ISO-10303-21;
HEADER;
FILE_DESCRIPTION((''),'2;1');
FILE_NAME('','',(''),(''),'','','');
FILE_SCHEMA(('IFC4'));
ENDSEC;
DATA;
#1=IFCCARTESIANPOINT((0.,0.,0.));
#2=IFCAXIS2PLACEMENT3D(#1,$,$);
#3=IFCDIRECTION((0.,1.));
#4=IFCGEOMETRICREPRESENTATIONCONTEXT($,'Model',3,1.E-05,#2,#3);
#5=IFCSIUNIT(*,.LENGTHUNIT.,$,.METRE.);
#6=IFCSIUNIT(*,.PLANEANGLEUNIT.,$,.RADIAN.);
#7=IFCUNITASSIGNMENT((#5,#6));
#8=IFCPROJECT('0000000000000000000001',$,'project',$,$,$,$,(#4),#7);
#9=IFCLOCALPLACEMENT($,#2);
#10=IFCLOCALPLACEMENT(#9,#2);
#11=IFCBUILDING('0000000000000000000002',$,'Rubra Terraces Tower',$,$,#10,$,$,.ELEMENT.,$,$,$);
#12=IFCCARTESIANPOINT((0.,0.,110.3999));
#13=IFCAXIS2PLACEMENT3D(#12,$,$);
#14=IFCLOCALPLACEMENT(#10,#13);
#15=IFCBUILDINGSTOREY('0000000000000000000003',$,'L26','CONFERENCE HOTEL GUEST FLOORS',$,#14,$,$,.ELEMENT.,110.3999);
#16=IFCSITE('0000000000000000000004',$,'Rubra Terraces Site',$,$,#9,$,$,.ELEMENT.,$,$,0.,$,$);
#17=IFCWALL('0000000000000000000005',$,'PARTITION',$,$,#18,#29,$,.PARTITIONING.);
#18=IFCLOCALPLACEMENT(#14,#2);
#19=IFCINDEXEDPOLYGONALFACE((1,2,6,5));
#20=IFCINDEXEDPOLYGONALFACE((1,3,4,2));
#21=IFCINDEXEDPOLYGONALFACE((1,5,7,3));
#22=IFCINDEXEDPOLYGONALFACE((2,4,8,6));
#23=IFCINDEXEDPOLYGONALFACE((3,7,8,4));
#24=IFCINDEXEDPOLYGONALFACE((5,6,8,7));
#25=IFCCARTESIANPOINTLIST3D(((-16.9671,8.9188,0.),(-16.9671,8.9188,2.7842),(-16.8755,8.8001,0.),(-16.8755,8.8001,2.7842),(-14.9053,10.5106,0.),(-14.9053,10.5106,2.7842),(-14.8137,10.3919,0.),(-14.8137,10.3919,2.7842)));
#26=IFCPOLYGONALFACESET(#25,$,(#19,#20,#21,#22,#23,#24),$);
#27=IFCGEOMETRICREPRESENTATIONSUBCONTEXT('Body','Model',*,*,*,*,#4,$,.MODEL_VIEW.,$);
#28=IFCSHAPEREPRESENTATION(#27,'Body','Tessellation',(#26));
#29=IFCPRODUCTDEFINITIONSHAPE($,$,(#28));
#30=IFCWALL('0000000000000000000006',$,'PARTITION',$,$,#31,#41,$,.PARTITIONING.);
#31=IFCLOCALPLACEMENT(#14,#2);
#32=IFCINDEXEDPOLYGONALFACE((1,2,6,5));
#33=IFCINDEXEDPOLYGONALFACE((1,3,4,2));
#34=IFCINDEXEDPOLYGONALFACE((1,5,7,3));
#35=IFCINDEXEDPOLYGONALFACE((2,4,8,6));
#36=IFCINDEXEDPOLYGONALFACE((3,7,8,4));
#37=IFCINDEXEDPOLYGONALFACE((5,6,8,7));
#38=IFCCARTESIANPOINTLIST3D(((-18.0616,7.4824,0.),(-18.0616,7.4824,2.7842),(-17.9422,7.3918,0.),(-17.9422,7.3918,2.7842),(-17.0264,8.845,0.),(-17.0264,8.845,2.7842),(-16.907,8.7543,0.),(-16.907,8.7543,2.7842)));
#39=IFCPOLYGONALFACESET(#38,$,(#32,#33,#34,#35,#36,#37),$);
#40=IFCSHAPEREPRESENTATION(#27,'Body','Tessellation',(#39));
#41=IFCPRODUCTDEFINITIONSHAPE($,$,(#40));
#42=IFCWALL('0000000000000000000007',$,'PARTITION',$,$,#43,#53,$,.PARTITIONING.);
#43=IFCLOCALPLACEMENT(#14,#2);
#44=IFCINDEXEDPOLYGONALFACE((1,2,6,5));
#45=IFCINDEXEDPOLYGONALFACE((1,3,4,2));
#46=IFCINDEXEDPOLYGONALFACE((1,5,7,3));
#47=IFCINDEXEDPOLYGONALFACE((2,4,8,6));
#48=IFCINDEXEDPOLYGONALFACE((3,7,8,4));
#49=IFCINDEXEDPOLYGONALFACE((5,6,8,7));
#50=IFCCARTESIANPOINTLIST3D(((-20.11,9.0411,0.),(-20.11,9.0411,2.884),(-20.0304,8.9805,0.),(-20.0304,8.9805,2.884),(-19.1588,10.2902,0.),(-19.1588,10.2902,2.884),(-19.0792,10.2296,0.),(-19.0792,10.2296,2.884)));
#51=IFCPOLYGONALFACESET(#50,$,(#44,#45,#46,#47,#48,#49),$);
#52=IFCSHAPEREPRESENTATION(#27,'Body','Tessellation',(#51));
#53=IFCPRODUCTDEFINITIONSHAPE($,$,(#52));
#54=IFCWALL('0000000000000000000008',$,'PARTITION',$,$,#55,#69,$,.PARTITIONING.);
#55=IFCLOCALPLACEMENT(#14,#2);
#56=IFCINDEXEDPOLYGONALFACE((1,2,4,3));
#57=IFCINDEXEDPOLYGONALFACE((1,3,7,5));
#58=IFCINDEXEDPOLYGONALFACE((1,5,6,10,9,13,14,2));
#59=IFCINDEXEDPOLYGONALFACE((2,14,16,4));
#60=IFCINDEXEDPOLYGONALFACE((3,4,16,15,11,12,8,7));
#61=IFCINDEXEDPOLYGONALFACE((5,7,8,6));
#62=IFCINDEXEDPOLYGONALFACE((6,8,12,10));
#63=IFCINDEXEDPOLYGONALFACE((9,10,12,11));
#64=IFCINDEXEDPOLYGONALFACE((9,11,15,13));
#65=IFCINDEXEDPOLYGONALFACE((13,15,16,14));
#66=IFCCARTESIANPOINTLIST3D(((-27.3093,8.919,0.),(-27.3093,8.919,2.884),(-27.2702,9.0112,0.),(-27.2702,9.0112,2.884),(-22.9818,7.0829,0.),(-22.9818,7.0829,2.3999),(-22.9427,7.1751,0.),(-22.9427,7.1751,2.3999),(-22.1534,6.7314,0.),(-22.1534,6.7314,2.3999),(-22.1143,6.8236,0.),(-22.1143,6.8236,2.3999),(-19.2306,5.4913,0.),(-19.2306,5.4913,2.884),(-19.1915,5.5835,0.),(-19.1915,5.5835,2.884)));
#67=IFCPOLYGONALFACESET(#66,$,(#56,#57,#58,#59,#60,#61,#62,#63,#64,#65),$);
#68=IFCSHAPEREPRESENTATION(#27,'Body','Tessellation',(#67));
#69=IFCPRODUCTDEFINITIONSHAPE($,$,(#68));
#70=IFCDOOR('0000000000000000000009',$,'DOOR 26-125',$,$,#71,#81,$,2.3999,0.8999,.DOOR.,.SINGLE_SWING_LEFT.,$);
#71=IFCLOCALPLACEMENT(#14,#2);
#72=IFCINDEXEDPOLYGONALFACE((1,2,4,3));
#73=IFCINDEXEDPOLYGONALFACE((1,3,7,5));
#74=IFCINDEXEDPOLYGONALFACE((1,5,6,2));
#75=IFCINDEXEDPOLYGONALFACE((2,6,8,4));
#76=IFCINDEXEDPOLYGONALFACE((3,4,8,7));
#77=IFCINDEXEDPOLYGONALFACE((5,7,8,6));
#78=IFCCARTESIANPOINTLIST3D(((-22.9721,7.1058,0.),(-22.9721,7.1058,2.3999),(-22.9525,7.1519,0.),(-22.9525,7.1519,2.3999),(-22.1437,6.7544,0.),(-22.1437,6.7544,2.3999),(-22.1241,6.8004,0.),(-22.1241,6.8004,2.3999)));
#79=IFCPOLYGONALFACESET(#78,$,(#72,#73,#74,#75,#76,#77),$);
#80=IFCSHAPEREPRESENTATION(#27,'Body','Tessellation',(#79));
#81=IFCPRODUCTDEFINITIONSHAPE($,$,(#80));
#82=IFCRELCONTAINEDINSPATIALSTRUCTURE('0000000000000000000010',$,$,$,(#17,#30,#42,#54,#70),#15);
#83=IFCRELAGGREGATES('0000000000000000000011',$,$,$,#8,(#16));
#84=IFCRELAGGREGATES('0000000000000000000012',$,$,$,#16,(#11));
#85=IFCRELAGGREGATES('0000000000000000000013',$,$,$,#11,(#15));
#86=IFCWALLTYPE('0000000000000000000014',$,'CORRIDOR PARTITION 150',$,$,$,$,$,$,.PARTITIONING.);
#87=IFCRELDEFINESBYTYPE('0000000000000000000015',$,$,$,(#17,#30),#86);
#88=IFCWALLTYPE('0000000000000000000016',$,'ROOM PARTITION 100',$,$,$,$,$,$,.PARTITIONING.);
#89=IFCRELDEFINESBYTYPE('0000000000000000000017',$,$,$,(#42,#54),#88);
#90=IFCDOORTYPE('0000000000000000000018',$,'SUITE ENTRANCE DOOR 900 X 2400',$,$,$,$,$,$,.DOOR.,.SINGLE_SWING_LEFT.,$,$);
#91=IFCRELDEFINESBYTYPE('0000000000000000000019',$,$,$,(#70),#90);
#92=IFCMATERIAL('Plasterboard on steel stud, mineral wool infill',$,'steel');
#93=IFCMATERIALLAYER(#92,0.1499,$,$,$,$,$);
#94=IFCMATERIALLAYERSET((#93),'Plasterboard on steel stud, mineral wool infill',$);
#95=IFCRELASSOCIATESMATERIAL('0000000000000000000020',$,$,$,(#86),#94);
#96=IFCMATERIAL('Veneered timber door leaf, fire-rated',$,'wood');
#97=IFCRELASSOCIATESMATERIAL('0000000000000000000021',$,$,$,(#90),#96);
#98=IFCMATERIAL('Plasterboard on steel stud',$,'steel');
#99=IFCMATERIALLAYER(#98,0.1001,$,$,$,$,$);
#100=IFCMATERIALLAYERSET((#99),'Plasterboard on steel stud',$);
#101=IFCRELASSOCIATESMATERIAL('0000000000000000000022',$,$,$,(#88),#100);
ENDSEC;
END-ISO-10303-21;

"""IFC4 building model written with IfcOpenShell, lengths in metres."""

from ifc_helpers import new_model, si_unit, direction, frame, frame_2d, origin, place, context, subcontext, project, spatial, rectangle, extrude, material, layer, layer_set, type_object, element, fill, save


model = new_model("IFC4")

# Units and contexts
model_context = context("Model", 3, precision=1e-05, world=origin(), true_north=direction((0.0, 1.0)))
body_context = subcontext(model_context, "Body", "Model", "MODEL_VIEW")
ifc_project = project(units=[si_unit("LENGTHUNIT", "METRE"), si_unit("PLANEANGLEUNIT", "RADIAN")], contexts=[model_context])

# Site, building, storey
site_placement = place(None, origin())
site = spatial("IfcSite", under=ifc_project, at=site_placement, Name="Rubra Terraces Site", CompositionType="ELEMENT", RefElevation=0.0)
building_placement = place(site_placement, origin())
building = spatial("IfcBuilding", under=site, at=building_placement, Name="Rubra Terraces Tower", CompositionType="ELEMENT")
storey_placement = place(building_placement, frame((0.0, 0.0, 110.3999)))
storey = spatial("IfcBuildingStorey", under=building, at=storey_placement, Name="L26", Description="CONFERENCE HOTEL GUEST FLOORS", CompositionType="ELEMENT", Elevation=110.3999)

# Shared definitions
ifc_material_1 = material(Name="Plasterboard on steel stud, mineral wool infill", Category="steel")
ifc_layer_1 = layer(ifc_material_1, 0.1499)
ifc_layer_set_1 = layer_set([ifc_layer_1], Name="Plasterboard on steel stud, mineral wool infill")
wall_type_1 = type_object("IfcWallType", Name="CORRIDOR PARTITION 150", PredefinedType="PARTITIONING", material=ifc_layer_set_1)
ifc_material_2 = material(Name="Veneered timber door leaf, fire-rated", Category="wood")
door_type = type_object("IfcDoorType", Name="SUITE ENTRANCE DOOR 900 X 2400", OperationType="SINGLE_SWING_LEFT", PredefinedType="DOOR", material=ifc_material_2)

# Walls
wall_1_placement = place(storey_placement, frame((-14.8596, 10.4512, 0.0), z_axis=(0.0, 0.0, 1.0), x_axis=(-0.791543, -0.611114, 0.0)))
element("IfcWall", 1, at=wall_1_placement, inside=storey, type_object=wall_type_1, Name="PARTITION", PredefinedType="PARTITIONING", context=body_context, shape_type="SweptSolid", body=[
    extrude(rectangle(XDim=2.6047, YDim=0.1499, at=frame_2d((1.3022, 0.0))), origin(), (0.0, 0.0, 1.0), 2.7842),
])
wall_2_placement = place(storey_placement, frame((-16.9668, 8.7996, 0.0), z_axis=(0.0, 0.0, 1.0), x_axis=(-0.604942, -0.796269, 0.0)))
element("IfcWall", 2, at=wall_2_placement, inside=storey, type_object=wall_type_1, Name="PARTITION", PredefinedType="PARTITIONING", context=body_context, shape_type="SweptSolid", body=[
    extrude(rectangle(XDim=1.7112, YDim=0.1499, at=frame_2d((0.8555, 0.0))), origin(), (0.0, 0.0, 1.0), 2.7842),
])
ifc_material_3 = material(Name="Plasterboard on steel stud", Category="steel")
ifc_layer_2 = layer(ifc_material_3, 0.1001)
ifc_layer_set_2 = layer_set([ifc_layer_2], Name="Plasterboard on steel stud")
wall_type_2 = type_object("IfcWallType", Name="ROOM PARTITION 100", PredefinedType="PARTITIONING", material=ifc_layer_set_2)
wall_3_placement = place(storey_placement, frame((-19.1189, 10.26, 0.0), z_axis=(0.0, 0.0, 1.0), x_axis=(-0.605856, -0.795574, 0.0)))
element("IfcWall", 3, at=wall_3_placement, inside=storey, type_object=wall_type_2, Name="PARTITION", PredefinedType="PARTITIONING", context=body_context, shape_type="SweptSolid", body=[
    extrude(rectangle(XDim=1.5701, YDim=0.1001, at=frame_2d((0.7852, 0.0))), origin(), (0.0, 0.0, 1.0), 2.884),
])

# Wall, opening, door
wall_4_placement = place(storey_placement, frame((-27.2898, 8.9651, 0.0), z_axis=(0.0, 0.0, 1.0), x_axis=(0.920568, -0.390583, 0.0)))
wall_4 = element("IfcWall", 4, at=wall_4_placement, inside=storey, type_object=wall_type_2, Name="PARTITION", PredefinedType="PARTITIONING", context=body_context, shape_type="SweptSolid", body=[
    extrude(rectangle(XDim=8.7759, YDim=0.1001, at=frame_2d((4.3879, 0.0))), origin(), (0.0, 0.0, 1.0), 2.884),
])
opening_1_placement = place(wall_4_placement, frame((4.7009, 0.0, 0.0)))
opening_1 = element("IfcOpeningElement", 5, at=opening_1_placement, cuts=wall_4, PredefinedType="OPENING", context=body_context, shape_type="SweptSolid", body=[
    extrude(rectangle(XDim=0.8999, YDim=2.3999, at=frame_2d((0.45, 1.2))), frame((0.0, 0.0601, 0.0), z_axis=(0.0, -1.0, 0.0), x_axis=(1.0, 0.0, 0.0)), (0.0, 0.0, 1.0), 0.1201),
])
door_1_placement = place(opening_1_placement, origin())
door_1 = element("IfcDoor", 6, at=door_1_placement, inside=storey, type_object=door_type, Name="DOOR 26-125", OperationType="SINGLE_SWING_LEFT", OverallHeight=2.3999, OverallWidth=0.8999, PredefinedType="DOOR", context=body_context, shape_type="SweptSolid", body=[
    extrude(rectangle(XDim=0.8999, YDim=2.3999, at=frame_2d((0.45, 1.2))), frame((0.0, 0.0249, 0.0), z_axis=(0.0, -1.0, 0.0), x_axis=(1.0, 0.0, 0.0)), (0.0, 0.0, 1.0), 0.05),
])
fill(opening_1, door_1)

save(model, "model.ifc")
